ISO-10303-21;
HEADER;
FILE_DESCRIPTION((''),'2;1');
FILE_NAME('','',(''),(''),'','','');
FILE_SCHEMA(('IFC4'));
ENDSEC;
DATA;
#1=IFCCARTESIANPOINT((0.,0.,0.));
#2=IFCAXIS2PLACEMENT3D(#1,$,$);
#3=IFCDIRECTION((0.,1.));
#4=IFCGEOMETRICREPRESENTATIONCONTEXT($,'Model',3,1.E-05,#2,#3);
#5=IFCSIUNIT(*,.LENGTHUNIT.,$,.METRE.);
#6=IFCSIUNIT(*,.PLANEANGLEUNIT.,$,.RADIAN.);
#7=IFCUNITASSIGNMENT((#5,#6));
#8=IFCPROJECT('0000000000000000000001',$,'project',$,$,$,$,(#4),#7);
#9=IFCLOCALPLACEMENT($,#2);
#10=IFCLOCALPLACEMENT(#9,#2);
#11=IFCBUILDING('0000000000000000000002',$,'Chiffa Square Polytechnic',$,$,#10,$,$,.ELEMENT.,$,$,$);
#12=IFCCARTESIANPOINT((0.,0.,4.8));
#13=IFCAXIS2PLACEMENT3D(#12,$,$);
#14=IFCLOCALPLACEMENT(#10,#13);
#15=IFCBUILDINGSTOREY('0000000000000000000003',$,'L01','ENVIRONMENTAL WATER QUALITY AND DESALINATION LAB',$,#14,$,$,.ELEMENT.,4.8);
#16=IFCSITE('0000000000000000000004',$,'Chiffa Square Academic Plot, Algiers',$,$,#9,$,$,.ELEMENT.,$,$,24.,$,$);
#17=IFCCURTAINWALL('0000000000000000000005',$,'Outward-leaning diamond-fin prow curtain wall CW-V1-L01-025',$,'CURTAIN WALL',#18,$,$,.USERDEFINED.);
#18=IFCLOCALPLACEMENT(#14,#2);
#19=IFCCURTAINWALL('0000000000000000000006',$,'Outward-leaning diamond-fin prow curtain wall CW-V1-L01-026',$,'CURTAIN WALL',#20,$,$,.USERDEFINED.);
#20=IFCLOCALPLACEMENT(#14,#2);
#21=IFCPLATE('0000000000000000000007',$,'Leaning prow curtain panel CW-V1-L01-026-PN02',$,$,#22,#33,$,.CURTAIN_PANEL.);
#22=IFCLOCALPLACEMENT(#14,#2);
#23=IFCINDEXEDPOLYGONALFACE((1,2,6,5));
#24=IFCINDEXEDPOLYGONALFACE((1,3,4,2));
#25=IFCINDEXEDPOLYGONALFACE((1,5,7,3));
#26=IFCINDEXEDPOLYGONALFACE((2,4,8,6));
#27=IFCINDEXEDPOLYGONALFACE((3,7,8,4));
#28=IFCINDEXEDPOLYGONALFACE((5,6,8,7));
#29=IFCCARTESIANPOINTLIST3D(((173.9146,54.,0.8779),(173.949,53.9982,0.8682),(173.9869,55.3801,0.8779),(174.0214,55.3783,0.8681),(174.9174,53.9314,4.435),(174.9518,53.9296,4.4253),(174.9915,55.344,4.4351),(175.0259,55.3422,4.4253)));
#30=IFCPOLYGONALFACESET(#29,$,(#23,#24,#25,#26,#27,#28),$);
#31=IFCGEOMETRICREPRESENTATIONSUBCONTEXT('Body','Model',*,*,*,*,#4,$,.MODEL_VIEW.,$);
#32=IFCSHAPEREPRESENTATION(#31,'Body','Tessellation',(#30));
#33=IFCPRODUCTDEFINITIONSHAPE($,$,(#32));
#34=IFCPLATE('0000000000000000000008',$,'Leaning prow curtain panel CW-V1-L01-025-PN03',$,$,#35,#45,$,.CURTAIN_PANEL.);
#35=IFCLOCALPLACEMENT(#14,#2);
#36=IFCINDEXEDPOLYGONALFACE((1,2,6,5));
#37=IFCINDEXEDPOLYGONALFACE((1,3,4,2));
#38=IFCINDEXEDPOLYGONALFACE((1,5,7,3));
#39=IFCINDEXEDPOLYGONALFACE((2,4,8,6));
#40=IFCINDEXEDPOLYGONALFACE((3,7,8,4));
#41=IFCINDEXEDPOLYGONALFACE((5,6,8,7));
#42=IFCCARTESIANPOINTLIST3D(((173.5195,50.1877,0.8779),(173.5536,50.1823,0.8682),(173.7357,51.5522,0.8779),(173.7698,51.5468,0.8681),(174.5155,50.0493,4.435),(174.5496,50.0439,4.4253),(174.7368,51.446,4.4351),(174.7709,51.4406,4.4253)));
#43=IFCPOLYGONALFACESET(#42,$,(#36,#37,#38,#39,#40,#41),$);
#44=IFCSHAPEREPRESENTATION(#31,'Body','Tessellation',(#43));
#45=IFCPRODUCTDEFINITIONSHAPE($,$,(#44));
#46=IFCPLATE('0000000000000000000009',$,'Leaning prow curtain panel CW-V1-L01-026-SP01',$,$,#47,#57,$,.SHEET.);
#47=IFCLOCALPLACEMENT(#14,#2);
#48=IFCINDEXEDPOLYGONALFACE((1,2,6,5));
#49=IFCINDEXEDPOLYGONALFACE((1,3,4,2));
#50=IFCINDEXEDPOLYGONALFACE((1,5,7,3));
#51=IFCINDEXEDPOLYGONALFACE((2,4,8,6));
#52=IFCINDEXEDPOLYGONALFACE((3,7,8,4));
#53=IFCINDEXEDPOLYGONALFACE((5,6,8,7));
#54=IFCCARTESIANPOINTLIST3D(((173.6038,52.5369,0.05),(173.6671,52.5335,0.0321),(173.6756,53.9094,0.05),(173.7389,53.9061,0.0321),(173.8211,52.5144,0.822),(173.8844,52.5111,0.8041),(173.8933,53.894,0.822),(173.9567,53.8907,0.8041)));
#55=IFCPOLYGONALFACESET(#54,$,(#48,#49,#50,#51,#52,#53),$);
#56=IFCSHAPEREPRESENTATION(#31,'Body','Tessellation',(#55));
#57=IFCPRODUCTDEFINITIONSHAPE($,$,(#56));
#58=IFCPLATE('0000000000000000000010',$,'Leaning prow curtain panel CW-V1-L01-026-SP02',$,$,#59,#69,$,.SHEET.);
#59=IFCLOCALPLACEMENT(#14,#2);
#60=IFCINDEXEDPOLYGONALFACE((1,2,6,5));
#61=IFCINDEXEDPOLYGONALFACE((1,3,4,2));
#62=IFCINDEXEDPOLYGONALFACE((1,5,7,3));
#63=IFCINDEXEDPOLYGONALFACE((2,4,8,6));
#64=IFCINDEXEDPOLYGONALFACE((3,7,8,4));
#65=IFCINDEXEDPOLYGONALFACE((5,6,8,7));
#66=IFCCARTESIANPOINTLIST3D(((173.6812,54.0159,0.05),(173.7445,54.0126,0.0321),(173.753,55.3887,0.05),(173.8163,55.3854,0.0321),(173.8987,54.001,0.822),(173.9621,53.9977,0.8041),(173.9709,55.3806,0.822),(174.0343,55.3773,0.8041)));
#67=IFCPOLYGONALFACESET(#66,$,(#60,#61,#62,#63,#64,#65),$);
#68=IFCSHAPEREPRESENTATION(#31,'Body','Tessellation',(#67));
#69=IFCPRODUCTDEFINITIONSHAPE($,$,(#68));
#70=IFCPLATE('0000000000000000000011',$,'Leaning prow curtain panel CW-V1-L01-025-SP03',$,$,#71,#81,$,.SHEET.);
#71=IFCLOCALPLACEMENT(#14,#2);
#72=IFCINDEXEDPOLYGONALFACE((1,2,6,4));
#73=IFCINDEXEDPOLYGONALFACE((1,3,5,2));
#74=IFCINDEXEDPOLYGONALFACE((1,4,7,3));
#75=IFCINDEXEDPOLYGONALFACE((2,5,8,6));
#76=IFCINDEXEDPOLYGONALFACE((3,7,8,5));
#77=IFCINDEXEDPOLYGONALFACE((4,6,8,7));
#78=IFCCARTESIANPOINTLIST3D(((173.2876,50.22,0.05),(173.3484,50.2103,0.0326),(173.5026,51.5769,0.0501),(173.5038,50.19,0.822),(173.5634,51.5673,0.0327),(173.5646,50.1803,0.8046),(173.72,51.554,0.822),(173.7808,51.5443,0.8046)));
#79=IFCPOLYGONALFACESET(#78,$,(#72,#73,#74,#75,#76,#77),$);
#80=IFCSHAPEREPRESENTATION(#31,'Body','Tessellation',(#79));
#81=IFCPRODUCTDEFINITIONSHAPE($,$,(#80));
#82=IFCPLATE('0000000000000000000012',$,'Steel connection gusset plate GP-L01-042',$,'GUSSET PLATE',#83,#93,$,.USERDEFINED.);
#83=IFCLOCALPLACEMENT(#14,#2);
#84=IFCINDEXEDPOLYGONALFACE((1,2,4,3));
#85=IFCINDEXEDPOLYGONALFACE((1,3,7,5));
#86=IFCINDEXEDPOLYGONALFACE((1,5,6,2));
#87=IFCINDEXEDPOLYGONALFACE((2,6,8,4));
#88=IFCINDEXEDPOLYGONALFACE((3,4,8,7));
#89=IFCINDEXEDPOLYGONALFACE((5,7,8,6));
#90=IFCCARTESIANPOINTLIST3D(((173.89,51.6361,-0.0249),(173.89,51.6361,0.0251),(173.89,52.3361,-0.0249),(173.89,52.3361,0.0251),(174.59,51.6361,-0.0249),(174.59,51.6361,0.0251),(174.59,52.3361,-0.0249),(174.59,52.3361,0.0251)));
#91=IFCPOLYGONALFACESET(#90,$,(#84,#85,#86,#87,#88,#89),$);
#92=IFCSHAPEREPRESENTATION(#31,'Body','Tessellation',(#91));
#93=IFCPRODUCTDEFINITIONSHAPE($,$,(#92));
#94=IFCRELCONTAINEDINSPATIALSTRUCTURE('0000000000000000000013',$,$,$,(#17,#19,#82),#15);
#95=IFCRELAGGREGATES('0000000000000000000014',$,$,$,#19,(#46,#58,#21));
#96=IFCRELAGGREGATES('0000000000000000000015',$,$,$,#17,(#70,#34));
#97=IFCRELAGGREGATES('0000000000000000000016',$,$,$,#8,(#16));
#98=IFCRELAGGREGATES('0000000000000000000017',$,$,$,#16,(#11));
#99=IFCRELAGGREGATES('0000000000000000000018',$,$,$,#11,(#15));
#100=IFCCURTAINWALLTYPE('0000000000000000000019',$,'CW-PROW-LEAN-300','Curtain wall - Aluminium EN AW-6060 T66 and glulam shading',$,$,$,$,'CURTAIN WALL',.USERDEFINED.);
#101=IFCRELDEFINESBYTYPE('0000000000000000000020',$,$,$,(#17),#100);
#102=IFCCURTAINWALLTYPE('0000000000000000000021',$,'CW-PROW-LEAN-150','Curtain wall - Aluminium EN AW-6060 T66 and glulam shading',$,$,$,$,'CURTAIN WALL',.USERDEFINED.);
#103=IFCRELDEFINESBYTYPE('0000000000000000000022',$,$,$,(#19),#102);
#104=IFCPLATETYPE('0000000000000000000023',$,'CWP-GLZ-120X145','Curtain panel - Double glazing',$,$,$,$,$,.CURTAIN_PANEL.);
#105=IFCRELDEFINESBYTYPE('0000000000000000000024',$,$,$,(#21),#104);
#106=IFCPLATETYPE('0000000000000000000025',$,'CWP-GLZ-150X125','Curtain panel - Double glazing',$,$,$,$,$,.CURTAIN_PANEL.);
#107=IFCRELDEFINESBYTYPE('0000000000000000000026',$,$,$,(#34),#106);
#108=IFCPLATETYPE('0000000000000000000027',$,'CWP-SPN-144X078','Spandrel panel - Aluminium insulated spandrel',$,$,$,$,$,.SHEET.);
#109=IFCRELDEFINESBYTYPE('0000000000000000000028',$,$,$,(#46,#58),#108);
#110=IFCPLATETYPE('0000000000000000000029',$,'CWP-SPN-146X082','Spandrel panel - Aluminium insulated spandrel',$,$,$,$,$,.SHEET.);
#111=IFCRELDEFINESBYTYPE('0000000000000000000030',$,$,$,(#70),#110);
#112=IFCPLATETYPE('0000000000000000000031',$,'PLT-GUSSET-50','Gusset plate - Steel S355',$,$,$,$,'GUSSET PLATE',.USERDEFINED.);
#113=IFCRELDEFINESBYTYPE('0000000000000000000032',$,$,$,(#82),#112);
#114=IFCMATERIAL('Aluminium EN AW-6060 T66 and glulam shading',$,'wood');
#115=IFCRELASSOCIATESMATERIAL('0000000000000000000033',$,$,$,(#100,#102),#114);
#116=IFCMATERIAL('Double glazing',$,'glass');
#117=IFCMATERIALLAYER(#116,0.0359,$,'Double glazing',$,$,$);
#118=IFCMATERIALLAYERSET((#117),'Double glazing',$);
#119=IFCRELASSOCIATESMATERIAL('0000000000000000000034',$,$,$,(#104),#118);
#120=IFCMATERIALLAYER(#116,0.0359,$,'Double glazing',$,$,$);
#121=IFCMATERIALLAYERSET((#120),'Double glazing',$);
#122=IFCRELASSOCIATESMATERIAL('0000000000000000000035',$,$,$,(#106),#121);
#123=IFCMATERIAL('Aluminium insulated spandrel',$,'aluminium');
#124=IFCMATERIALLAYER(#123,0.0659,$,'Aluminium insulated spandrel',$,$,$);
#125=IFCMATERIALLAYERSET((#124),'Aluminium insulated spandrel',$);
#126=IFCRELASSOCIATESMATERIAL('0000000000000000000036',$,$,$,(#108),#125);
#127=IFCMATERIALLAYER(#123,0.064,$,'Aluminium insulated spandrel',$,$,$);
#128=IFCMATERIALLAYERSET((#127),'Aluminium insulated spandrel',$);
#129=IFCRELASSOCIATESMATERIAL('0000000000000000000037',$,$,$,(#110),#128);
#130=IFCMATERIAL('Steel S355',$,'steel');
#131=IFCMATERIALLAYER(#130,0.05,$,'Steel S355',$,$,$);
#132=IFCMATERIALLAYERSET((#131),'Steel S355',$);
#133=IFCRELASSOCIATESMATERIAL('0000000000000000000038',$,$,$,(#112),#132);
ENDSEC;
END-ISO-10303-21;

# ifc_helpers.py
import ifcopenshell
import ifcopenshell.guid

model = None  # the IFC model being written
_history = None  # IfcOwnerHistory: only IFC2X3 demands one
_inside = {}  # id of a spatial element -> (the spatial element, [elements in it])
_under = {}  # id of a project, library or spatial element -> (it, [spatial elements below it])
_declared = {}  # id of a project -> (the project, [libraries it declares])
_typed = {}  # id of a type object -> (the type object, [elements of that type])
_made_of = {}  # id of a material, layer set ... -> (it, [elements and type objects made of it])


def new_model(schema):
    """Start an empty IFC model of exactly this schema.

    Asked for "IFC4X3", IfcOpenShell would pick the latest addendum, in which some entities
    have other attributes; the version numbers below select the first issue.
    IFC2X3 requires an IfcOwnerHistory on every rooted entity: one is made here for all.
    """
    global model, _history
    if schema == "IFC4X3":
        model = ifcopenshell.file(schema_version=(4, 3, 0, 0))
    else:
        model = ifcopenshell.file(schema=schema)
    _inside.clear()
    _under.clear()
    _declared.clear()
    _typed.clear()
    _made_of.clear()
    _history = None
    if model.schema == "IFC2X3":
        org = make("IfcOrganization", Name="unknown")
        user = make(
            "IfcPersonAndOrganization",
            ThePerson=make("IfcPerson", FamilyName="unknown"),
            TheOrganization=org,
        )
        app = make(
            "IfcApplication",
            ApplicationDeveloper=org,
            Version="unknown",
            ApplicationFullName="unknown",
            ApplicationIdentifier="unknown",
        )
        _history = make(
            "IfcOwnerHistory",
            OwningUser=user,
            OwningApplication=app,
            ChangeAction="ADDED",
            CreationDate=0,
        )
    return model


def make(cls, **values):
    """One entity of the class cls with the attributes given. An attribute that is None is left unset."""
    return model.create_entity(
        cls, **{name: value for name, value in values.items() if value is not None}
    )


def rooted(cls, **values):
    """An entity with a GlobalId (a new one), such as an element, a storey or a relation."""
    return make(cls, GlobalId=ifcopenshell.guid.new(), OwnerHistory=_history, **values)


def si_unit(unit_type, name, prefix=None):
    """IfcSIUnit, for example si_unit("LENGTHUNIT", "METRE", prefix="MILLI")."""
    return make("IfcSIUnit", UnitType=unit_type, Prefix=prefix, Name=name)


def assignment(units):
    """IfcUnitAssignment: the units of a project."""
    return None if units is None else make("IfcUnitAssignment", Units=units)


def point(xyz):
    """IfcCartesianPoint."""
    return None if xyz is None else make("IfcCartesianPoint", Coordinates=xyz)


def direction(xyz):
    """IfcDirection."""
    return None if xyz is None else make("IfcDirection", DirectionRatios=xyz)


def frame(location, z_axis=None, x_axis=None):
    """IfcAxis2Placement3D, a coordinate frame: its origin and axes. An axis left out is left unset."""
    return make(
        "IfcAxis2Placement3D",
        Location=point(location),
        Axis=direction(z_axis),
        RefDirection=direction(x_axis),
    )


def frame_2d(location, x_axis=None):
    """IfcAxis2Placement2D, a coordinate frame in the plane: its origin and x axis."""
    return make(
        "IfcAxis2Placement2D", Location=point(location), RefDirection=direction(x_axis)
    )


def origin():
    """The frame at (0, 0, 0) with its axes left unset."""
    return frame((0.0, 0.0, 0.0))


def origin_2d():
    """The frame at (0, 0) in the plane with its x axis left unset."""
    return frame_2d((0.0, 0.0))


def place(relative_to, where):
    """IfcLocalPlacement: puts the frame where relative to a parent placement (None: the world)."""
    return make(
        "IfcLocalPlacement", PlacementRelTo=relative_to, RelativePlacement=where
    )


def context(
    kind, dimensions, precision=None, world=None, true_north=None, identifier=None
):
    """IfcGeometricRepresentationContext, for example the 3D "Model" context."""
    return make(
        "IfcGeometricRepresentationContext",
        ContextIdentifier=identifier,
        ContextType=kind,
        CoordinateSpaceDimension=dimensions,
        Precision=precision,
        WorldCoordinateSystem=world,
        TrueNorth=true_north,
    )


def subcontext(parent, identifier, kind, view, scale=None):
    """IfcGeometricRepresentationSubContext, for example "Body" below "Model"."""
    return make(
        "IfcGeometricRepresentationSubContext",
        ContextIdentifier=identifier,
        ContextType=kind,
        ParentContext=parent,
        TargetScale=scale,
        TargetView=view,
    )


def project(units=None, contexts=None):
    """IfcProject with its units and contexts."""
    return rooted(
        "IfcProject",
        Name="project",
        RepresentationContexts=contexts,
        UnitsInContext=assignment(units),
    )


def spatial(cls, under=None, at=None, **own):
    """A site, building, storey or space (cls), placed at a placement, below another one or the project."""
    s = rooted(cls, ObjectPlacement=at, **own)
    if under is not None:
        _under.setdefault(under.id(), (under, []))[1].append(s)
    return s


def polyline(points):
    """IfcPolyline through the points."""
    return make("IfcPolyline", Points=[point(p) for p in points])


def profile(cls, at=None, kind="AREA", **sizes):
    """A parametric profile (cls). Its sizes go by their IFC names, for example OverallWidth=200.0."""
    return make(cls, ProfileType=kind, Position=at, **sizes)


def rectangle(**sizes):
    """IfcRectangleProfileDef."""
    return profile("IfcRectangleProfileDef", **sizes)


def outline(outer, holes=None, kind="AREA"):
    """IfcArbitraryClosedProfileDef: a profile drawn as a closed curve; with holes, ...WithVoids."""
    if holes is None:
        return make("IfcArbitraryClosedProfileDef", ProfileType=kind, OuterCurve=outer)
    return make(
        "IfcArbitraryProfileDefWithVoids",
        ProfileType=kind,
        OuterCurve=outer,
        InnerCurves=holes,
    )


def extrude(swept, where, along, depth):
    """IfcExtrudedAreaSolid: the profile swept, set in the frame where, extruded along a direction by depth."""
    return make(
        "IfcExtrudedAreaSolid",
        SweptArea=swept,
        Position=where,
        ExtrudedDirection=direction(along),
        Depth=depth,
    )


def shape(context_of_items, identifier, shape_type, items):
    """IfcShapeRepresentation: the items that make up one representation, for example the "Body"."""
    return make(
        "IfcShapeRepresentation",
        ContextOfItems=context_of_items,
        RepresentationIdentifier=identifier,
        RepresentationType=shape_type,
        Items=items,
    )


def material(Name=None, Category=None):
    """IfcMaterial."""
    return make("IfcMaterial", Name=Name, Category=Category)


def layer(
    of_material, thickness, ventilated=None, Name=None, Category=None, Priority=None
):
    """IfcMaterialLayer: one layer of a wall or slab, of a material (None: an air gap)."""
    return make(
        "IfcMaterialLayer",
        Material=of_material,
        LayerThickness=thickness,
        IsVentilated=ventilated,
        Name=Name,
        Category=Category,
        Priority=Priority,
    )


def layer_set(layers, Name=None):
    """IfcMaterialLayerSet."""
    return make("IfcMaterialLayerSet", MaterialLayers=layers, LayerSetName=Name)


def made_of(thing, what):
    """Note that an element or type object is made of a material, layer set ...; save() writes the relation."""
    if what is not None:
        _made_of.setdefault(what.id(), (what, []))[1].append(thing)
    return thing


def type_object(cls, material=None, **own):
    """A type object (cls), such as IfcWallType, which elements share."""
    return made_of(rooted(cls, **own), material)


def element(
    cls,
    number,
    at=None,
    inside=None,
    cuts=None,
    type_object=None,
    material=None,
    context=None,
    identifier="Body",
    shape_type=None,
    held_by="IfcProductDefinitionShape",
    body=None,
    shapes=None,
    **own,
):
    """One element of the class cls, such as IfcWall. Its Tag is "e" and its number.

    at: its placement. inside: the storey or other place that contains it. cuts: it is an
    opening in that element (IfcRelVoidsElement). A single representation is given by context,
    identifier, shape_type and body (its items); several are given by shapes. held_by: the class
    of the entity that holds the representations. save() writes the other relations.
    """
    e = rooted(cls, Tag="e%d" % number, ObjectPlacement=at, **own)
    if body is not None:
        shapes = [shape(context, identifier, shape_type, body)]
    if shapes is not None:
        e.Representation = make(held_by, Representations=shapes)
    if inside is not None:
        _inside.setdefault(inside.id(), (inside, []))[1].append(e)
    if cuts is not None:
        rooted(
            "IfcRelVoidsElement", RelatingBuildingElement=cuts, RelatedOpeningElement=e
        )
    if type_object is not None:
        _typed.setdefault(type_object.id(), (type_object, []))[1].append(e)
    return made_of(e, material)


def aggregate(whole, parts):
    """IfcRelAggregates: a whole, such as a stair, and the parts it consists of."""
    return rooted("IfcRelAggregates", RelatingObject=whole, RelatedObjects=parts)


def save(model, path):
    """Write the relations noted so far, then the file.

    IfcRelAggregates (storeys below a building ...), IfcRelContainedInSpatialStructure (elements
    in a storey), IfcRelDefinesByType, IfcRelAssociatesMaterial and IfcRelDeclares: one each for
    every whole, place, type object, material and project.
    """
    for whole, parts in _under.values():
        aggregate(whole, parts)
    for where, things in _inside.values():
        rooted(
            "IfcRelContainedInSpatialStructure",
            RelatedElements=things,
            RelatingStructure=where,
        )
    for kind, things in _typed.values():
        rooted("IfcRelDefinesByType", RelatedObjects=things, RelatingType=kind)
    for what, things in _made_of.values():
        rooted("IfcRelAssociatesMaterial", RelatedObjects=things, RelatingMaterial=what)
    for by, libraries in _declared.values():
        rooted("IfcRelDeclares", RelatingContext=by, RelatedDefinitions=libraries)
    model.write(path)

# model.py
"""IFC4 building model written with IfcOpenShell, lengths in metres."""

from ifc_helpers import new_model, si_unit, direction, frame, origin, origin_2d, place, context, subcontext, project, spatial, polyline, rectangle, outline, extrude, material, layer, layer_set, type_object, element, aggregate, save


model = new_model("IFC4")

# Units and contexts
model_context = context("Model", 3, precision=1e-05, world=origin(), true_north=direction((0.0, 1.0)))
body_context = subcontext(model_context, "Body", "Model", "MODEL_VIEW")
ifc_project = project(units=[si_unit("LENGTHUNIT", "METRE"), si_unit("PLANEANGLEUNIT", "RADIAN")], contexts=[model_context])

# Site, building, storey
site_placement = place(None, origin())
site = spatial("IfcSite", under=ifc_project, at=site_placement, Name="Chiffa Square Academic Plot, Algiers", CompositionType="ELEMENT", RefElevation=24.0)
building_placement = place(site_placement, origin())
building = spatial("IfcBuilding", under=site, at=building_placement, Name="Chiffa Square Polytechnic", CompositionType="ELEMENT")
storey_placement = place(building_placement, frame((0.0, 0.0, 4.8)))
storey = spatial("IfcBuildingStorey", under=building, at=storey_placement, Name="L01", Description="ENVIRONMENTAL WATER QUALITY AND DESALINATION LAB", CompositionType="ELEMENT", Elevation=4.8)

# Shared definitions
ifc_material_1 = material(Name="Steel S355", Category="steel")

# Curtain walls
ifc_material_2 = material(Name="Aluminium EN AW-6060 T66 and glulam shading", Category="wood")
curtain_wall_type_1 = type_object("IfcCurtainWallType", Name="CW-PROW-LEAN-300", Description="Curtain wall - Aluminium EN AW-6060 T66 and glulam shading", ElementType="CURTAIN WALL", PredefinedType="USERDEFINED", material=ifc_material_2)
curtain_wall_1_placement = place(storey_placement, origin())
curtain_wall_1 = element("IfcCurtainWall", 1, at=curtain_wall_1_placement, inside=storey, type_object=curtain_wall_type_1, Name="Outward-leaning diamond-fin prow curtain wall CW-V1-L01-025", ObjectType="CURTAIN WALL", PredefinedType="USERDEFINED")
curtain_wall_type_2 = type_object("IfcCurtainWallType", Name="CW-PROW-LEAN-150", Description="Curtain wall - Aluminium EN AW-6060 T66 and glulam shading", ElementType="CURTAIN WALL", PredefinedType="USERDEFINED", material=ifc_material_2)
curtain_wall_2_placement = place(storey_placement, origin())
curtain_wall_2 = element("IfcCurtainWall", 2, at=curtain_wall_2_placement, inside=storey, type_object=curtain_wall_type_2, Name="Outward-leaning diamond-fin prow curtain wall CW-V1-L01-026", ObjectType="CURTAIN WALL", PredefinedType="USERDEFINED")

# Plates
ifc_material_3 = material(Name="Double glazing", Category="glass")
ifc_layer_1 = layer(ifc_material_3, 0.0359, Name="Double glazing")
ifc_layer_set_1 = layer_set([ifc_layer_1], Name="Double glazing")
plate_type_1 = type_object("IfcPlateType", Name="CWP-GLZ-120X145", Description="Curtain panel - Double glazing", PredefinedType="CURTAIN_PANEL", material=ifc_layer_set_1)
plate_1_placement = place(storey_placement, frame((173.9146, 54.0, 0.8779), z_axis=(-0.961006, 0.050407, 0.271895), x_axis=(0.052373, 0.998628, -0.000024)))
plate_1 = element("IfcPlate", 3, at=plate_1_placement, type_object=plate_type_1, Name="Leaning prow curtain panel CW-V1-L01-026-PN02", PredefinedType="CURTAIN_PANEL", context=body_context, shape_type="SweptSolid", body=[
    extrude(outline(polyline([(0.0, 0.0), (1.382, 0.0), (1.3985, -3.6964), (-0.0161, -3.6963), (0.0, 0.0)])), origin(), (0.0, 0.0, -1.0), 0.0359),
])
ifc_layer_2 = layer(ifc_material_3, 0.0359, Name="Double glazing")
ifc_layer_set_2 = layer_set([ifc_layer_2], Name="Double glazing")
plate_type_2 = type_object("IfcPlateType", Name="CWP-GLZ-150X125", Description="Curtain panel - Double glazing", PredefinedType="CURTAIN_PANEL", material=ifc_layer_set_2)
plate_2_placement = place(storey_placement, frame((173.5195, 50.1877, 0.8779), z_axis=(-0.950446, 0.150592, 0.271982), x_axis=(0.156485, 0.98768, -0.000025)))
plate_2 = element("IfcPlate", 4, at=plate_2_placement, type_object=plate_type_2, Name="Leaning prow curtain panel CW-V1-L01-025-PN03", PredefinedType="CURTAIN_PANEL", context=body_context, shape_type="SweptSolid", body=[
    extrude(outline(polyline([(0.0, 0.0), (1.3815, 0.0), (1.4332, -3.6965), (0.019, -3.6964), (0.0, 0.0)])), origin(), (0.0, 0.0, -1.0), 0.0359),
])
ifc_material_4 = material(Name="Aluminium insulated spandrel", Category="aluminium")
ifc_layer_3 = layer(ifc_material_4, 0.0659, Name="Aluminium insulated spandrel")
ifc_layer_set_3 = layer_set([ifc_layer_3], Name="Aluminium insulated spandrel")
plate_type_3 = type_object("IfcPlateType", Name="CWP-SPN-144X078", Description="Spandrel panel - Aluminium insulated spandrel", PredefinedType="SHEET", material=ifc_layer_set_3)
plate_3_placement = place(storey_placement, frame((173.6038, 52.5369, 0.05), z_axis=(-0.960976, 0.050295, 0.27202), x_axis=(0.052263, 0.998633, -0.000011)))
plate_3 = element("IfcPlate", 5, at=plate_3_placement, type_object=plate_type_3, Name="Leaning prow curtain panel CW-V1-L01-026-SP01", PredefinedType="SHEET", context=body_context, shape_type="SweptSolid", body=[
    extrude(outline(polyline([(0.0, 0.0), (1.3744, 0.0), (1.3704, -0.8022), (-0.0111, -0.8022), (0.0, 0.0)])), origin(), (0.0, 0.0, -1.0), 0.0659),
])
plate_4_placement = place(storey_placement, frame((173.6812, 54.0159, 0.05), z_axis=(-0.961024, 0.050293, 0.271852), x_axis=(0.052258, 0.998634, -0.000012)))
plate_4 = element("IfcPlate", 6, at=plate_4_placement, type_object=plate_type_3, Name="Leaning prow curtain panel CW-V1-L01-026-SP02", PredefinedType="SHEET", context=body_context, shape_type="SweptSolid", body=[
    extrude(outline(polyline([(0.0, 0.0), (1.3747, 0.0), (1.378, -0.8022), (-0.0035, -0.8022), (0.0, 0.0)])), origin(), (0.0, 0.0, -1.0), 0.0659),
])
aggregate(curtain_wall_2, [plate_3, plate_4, plate_1])
ifc_layer_4 = layer(ifc_material_4, 0.064, Name="Aluminium insulated spandrel")
ifc_layer_set_4 = layer_set([ifc_layer_4], Name="Aluminium insulated spandrel")
plate_type_4 = type_object("IfcPlateType", Name="CWP-SPN-146X082", Description="Spandrel panel - Aluminium insulated spandrel", PredefinedType="SHEET", material=ifc_layer_set_4)
plate_5_placement = place(storey_placement, frame((173.2876, 50.22, 0.05), z_axis=(-0.950417, 0.1506, 0.272078), x_axis=(0.156508, 0.987677, 0.000014)))
plate_5 = element("IfcPlate", 7, at=plate_5_placement, type_object=plate_type_4, Name="Leaning prow curtain panel CW-V1-L01-025-SP03", PredefinedType="SHEET", context=body_context, shape_type="SweptSolid", body=[
    extrude(outline(polyline([(0.0, 0.0), (1.3739, 0.0), (1.3852, -0.8022), (0.0042, -0.8023), (0.0, 0.0)])), origin(), (0.0, 0.0, -1.0), 0.064),
])
aggregate(curtain_wall_1, [plate_5, plate_2])
ifc_layer_5 = layer(ifc_material_1, 0.05, Name="Steel S355")
ifc_layer_set_5 = layer_set([ifc_layer_5], Name="Steel S355")
plate_type_5 = type_object("IfcPlateType", Name="PLT-GUSSET-50", Description="Gusset plate - Steel S355", ElementType="GUSSET PLATE", PredefinedType="USERDEFINED", material=ifc_layer_set_5)
plate_6_placement = place(storey_placement, frame((174.24, 51.9861, -0.0249), z_axis=(0.0, 0.0, 1.0), x_axis=(1.0, 0.0, 0.0)))
element("IfcPlate", 8, at=plate_6_placement, inside=storey, type_object=plate_type_5, Name="Steel connection gusset plate GP-L01-042", ObjectType="GUSSET PLATE", PredefinedType="USERDEFINED", context=body_context, shape_type="SweptSolid", body=[
    extrude(rectangle(XDim=0.7, YDim=0.7, at=origin_2d()), origin(), (0.0, 0.0, 1.0), 0.05),
])

save(model, "model.ifc")
